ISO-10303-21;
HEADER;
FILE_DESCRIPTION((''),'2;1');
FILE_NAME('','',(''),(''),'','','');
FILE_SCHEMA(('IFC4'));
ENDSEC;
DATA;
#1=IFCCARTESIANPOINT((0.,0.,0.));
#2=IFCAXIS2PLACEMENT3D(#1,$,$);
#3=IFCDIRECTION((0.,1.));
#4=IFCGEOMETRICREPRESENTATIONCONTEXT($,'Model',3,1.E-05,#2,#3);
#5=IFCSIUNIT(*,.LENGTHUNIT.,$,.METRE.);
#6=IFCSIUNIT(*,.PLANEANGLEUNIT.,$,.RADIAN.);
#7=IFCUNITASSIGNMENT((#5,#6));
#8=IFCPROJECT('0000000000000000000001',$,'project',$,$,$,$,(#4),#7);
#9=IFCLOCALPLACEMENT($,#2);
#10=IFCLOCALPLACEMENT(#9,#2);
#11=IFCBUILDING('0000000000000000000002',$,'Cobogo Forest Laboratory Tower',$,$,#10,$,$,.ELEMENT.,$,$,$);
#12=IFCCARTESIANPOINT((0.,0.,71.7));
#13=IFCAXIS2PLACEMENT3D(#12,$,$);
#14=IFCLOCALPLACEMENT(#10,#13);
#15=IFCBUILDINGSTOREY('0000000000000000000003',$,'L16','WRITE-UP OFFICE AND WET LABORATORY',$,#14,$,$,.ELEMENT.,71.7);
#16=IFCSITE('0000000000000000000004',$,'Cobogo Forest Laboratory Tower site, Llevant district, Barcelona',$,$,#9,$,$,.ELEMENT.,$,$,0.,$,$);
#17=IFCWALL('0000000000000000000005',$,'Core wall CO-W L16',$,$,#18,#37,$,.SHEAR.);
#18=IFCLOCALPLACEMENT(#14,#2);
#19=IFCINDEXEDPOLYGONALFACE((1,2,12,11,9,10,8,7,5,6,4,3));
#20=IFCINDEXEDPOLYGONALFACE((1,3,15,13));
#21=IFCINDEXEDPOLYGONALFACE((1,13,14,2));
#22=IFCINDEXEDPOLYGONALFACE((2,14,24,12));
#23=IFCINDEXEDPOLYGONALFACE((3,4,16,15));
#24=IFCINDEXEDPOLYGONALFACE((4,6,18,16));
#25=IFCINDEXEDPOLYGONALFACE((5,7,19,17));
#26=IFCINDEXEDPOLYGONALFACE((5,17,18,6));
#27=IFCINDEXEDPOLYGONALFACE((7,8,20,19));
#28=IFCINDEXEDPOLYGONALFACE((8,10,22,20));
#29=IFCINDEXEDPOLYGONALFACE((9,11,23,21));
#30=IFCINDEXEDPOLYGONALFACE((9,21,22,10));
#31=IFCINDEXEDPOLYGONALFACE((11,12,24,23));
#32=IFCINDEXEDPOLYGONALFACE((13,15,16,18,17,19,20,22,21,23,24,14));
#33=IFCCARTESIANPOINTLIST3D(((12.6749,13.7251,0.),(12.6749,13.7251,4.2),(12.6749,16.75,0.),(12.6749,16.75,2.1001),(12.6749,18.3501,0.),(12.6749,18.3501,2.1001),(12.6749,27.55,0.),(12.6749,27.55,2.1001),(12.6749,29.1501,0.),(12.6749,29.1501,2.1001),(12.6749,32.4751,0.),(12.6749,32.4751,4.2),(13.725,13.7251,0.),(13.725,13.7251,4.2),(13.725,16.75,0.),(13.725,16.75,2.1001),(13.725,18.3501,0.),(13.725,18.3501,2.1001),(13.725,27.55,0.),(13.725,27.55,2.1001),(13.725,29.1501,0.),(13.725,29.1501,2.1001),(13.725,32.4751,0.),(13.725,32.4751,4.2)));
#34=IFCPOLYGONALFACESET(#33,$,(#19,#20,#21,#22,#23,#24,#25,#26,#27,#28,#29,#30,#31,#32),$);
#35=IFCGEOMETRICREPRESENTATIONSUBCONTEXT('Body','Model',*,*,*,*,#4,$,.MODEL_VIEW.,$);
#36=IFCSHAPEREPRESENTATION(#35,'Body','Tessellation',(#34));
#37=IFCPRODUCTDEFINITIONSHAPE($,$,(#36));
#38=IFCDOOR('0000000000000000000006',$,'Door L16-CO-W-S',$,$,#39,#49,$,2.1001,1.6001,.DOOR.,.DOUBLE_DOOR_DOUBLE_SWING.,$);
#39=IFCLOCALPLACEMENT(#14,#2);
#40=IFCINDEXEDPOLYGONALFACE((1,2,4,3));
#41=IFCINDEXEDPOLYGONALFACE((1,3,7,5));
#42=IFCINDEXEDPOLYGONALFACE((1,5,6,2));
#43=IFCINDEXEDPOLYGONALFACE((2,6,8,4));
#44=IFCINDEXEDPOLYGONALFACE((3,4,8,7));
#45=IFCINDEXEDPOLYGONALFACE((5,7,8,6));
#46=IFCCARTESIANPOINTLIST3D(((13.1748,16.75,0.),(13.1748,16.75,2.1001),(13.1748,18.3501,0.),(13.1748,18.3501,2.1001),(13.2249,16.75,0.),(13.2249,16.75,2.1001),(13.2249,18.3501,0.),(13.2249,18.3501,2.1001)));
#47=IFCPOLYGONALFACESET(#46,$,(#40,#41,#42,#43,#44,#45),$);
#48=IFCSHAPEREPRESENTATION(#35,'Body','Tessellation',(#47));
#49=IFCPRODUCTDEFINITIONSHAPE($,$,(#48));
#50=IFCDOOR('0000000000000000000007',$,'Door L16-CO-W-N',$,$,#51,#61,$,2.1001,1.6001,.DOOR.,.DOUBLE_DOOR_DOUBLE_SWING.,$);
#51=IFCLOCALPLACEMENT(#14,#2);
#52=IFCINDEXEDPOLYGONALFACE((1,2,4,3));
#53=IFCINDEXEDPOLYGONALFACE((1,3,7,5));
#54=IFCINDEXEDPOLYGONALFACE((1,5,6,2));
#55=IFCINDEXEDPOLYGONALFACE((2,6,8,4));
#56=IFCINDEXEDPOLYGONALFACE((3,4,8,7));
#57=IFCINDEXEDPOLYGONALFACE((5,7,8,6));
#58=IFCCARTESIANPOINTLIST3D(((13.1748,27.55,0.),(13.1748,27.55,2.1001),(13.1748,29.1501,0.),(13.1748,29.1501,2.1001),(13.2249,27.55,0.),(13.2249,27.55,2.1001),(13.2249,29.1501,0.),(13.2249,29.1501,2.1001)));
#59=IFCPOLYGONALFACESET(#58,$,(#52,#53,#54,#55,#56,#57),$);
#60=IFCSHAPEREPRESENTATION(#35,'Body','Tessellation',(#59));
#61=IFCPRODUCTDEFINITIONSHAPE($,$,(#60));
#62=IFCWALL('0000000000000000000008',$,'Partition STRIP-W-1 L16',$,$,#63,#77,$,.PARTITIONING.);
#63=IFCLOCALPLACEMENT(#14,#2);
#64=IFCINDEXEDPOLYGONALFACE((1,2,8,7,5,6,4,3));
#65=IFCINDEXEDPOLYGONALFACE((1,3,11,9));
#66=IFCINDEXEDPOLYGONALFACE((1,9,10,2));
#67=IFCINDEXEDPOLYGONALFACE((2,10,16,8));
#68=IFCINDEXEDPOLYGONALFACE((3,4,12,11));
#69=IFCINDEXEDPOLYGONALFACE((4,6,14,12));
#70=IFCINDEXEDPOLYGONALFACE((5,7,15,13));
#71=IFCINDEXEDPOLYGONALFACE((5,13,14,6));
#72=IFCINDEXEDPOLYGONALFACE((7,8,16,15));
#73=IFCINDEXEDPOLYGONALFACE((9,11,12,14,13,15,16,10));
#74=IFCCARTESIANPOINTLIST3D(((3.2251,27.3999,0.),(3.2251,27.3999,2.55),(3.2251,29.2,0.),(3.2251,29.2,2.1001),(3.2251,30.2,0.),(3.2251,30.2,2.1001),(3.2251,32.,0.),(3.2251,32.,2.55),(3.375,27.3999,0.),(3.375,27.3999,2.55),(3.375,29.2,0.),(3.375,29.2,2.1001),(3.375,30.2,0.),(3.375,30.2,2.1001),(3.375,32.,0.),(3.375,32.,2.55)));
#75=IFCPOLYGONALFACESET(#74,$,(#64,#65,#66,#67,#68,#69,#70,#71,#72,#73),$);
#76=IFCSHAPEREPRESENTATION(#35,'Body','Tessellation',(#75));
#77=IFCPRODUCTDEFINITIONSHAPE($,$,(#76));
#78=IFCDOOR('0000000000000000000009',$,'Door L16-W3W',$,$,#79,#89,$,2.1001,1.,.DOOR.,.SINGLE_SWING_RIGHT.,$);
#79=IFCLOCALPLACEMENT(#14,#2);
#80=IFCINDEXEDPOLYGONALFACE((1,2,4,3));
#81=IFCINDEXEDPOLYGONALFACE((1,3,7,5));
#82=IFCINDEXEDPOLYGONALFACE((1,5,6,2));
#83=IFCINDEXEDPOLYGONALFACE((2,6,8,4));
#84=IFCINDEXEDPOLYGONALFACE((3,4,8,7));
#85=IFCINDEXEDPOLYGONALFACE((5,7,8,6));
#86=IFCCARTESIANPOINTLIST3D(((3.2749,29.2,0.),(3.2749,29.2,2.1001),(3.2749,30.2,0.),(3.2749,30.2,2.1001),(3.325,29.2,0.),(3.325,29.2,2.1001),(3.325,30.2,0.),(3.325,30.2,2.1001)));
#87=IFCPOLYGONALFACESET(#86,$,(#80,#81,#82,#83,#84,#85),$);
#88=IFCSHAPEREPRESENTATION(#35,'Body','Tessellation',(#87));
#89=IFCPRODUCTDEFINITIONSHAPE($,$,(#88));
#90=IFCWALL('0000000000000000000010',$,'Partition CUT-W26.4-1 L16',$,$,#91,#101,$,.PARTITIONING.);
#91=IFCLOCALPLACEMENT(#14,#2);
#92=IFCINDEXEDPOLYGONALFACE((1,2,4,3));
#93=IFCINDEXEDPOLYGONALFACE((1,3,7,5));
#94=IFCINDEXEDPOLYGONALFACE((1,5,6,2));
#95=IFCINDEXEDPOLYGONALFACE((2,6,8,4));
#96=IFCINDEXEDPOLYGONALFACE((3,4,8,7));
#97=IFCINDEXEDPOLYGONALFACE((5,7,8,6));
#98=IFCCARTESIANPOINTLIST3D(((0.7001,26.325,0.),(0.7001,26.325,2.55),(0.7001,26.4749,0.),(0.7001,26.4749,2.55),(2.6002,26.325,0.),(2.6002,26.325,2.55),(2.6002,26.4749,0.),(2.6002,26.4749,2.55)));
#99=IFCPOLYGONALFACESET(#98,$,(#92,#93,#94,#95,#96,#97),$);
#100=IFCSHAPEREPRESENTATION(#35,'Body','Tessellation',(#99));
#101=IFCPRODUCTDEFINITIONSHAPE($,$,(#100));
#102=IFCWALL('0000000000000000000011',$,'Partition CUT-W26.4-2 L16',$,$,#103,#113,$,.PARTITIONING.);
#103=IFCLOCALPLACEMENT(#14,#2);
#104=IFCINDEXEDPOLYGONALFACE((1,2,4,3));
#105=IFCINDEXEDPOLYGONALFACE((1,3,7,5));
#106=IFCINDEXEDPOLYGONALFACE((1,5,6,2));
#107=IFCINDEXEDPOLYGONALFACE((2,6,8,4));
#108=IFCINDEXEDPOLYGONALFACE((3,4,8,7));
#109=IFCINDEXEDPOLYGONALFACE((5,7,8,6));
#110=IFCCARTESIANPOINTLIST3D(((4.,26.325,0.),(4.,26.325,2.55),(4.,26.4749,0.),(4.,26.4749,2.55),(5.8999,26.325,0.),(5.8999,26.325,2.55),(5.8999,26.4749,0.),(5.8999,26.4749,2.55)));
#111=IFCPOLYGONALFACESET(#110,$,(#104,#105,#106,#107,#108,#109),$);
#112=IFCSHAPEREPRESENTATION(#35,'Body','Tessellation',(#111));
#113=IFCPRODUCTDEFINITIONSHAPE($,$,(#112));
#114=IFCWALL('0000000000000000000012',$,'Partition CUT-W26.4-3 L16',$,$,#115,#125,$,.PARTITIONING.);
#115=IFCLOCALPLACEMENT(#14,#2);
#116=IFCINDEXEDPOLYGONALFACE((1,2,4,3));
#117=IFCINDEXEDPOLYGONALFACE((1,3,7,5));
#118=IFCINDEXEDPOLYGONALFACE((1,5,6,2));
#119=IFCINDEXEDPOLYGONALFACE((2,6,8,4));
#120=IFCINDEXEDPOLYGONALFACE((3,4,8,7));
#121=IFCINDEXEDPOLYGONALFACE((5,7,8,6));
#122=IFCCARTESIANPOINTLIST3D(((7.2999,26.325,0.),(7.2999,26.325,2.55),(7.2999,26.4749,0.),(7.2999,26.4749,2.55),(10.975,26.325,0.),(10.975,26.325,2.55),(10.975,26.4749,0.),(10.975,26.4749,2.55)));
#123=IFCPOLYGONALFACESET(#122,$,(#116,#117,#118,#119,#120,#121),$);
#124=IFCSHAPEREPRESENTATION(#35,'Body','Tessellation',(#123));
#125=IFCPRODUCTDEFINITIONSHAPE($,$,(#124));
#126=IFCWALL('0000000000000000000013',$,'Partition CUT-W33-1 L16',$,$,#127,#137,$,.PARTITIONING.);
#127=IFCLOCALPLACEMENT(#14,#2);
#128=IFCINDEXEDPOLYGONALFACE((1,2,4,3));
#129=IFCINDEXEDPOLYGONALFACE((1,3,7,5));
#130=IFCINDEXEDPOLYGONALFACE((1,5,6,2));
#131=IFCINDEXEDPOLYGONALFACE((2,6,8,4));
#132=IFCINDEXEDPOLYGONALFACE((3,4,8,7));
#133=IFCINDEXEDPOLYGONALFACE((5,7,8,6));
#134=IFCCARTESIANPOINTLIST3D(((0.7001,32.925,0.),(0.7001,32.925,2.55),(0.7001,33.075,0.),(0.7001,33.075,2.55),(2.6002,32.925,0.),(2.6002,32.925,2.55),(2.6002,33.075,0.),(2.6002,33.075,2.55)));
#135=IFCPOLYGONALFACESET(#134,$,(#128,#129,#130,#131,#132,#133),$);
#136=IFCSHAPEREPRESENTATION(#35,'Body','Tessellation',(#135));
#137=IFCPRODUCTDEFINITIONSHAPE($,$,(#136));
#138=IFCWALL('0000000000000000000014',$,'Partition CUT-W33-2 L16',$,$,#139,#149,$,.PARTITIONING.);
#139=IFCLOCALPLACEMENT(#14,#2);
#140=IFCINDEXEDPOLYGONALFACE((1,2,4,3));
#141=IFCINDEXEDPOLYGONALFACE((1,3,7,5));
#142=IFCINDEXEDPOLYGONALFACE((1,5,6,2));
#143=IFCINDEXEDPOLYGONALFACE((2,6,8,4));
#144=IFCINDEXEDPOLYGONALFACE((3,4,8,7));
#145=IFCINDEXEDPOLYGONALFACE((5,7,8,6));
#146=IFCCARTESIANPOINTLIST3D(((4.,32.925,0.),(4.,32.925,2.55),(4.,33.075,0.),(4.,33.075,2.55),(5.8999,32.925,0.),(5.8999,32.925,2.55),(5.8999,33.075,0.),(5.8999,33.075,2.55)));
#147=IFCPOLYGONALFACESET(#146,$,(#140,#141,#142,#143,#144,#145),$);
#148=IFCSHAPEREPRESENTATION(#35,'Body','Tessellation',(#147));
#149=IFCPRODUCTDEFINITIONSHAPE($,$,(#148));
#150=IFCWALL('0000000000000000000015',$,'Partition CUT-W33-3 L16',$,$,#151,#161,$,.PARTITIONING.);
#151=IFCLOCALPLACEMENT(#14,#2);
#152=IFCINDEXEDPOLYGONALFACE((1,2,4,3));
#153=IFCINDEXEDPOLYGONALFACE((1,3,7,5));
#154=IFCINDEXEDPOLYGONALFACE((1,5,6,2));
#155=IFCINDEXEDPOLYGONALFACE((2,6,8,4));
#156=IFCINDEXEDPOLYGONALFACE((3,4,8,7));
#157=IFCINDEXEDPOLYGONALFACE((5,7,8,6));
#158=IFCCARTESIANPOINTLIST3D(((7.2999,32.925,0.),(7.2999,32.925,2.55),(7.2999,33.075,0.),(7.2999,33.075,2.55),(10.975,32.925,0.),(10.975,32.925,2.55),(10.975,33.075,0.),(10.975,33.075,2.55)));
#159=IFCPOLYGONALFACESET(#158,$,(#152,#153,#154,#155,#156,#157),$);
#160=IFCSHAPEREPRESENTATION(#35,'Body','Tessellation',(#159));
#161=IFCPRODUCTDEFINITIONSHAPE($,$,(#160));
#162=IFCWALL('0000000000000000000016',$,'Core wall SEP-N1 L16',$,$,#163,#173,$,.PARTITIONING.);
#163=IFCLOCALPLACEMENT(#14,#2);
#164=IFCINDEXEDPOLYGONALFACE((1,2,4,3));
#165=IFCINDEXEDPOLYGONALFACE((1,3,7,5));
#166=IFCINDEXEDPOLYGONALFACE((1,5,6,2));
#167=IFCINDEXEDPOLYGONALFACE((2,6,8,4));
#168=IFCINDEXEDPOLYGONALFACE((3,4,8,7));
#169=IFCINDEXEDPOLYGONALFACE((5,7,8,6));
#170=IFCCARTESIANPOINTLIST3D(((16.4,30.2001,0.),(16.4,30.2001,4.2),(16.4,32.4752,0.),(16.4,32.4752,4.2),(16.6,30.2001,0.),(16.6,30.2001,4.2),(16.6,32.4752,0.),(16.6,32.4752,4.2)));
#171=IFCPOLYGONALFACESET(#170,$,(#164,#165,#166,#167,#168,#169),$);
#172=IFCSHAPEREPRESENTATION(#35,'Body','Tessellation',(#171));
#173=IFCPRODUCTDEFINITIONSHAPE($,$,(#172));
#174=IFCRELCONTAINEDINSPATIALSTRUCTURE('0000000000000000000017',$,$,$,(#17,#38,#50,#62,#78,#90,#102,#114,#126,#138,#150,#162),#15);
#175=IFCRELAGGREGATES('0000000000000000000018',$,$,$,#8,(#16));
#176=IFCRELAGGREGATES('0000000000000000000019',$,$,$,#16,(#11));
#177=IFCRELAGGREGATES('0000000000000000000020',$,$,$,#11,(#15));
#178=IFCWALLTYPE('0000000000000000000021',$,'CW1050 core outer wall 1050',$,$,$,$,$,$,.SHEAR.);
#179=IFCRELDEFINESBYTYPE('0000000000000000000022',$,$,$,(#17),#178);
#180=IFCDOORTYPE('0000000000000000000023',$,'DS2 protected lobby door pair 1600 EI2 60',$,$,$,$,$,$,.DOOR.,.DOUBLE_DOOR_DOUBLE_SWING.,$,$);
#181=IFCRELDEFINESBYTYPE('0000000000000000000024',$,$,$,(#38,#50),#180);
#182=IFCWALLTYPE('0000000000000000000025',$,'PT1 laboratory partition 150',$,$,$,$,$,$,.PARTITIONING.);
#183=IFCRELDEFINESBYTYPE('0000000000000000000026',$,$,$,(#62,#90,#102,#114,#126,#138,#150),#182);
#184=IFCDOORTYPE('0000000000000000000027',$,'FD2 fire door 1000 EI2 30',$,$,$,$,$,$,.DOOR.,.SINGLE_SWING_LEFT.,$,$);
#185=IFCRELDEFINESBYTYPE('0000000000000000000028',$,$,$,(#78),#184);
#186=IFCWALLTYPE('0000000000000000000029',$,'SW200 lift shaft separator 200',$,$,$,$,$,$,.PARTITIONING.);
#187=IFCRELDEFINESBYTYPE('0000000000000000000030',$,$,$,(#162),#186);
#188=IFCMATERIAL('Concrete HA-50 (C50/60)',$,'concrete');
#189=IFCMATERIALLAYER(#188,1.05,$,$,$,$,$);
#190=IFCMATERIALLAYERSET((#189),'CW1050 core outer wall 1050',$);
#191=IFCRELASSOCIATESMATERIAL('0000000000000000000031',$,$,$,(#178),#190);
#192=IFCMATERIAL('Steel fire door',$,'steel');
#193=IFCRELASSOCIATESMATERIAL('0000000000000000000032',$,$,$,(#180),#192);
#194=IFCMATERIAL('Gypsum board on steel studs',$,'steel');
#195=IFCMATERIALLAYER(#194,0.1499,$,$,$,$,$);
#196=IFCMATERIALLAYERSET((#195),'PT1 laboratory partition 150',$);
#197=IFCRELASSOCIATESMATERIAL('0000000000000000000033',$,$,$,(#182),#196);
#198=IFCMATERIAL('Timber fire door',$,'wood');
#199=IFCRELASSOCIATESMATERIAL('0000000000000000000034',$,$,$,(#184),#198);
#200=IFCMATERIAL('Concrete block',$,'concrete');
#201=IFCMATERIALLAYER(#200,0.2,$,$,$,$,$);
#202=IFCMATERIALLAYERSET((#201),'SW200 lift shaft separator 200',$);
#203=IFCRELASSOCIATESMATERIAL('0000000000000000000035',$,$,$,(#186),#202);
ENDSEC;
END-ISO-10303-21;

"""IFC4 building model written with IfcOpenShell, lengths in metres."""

from ifc_helpers import new_model, si_unit, direction, frame, frame_2d, origin, place, context, subcontext, project, spatial, rectangle, extrude, material, layer, layer_set, type_object, element, fill, save


model = new_model("IFC4")

# Units and contexts
model_context = context("Model", 3, precision=1e-05, world=origin(), true_north=direction((0.0, 1.0)))
body_context = subcontext(model_context, "Body", "Model", "MODEL_VIEW")
ifc_project = project(units=[si_unit("LENGTHUNIT", "METRE"), si_unit("PLANEANGLEUNIT", "RADIAN")], contexts=[model_context])

# Site, building, storey
site_placement = place(None, origin())
site = spatial("IfcSite", under=ifc_project, at=site_placement, Name="Cobogo Forest Laboratory Tower site, Llevant district, Barcelona", CompositionType="ELEMENT", RefElevation=0.0)
building_placement = place(site_placement, origin())
building = spatial("IfcBuilding", under=site, at=building_placement, Name="Cobogo Forest Laboratory Tower", CompositionType="ELEMENT")
storey_placement = place(building_placement, frame((0.0, 0.0, 71.7)))
storey = spatial("IfcBuildingStorey", under=building, at=storey_placement, Name="L16", Description="WRITE-UP OFFICE AND WET LABORATORY", CompositionType="ELEMENT", Elevation=71.7)

# Shared definitions
ifc_material_1 = material(Name="Concrete HA-50 (C50/60)", Category="concrete")

# Shared definitions
ifc_material_2 = material(Name="Steel fire door", Category="steel")

# Wall, openings, doors
ifc_layer_1 = layer(ifc_material_1, 1.05)
ifc_layer_set_1 = layer_set([ifc_layer_1], Name="CW1050 core outer wall 1050")
wall_type_1 = type_object("IfcWallType", Name="CW1050 core outer wall 1050", PredefinedType="SHEAR", material=ifc_layer_set_1)
wall_1_placement = place(storey_placement, frame((13.2, 32.4751, 0.0), z_axis=(0.0, 0.0, 1.0), x_axis=(0.0, -1.0, 0.0)))
wall_1 = element("IfcWall", 1, at=wall_1_placement, inside=storey, type_object=wall_type_1, Name="Core wall CO-W L16", PredefinedType="SHEAR", context=body_context, shape_type="SweptSolid", body=[
    extrude(rectangle(XDim=18.75, YDim=1.05, at=frame_2d((9.375, 0.0))), origin(), (0.0, 0.0, 1.0), 4.2),
])
opening_1_placement = place(wall_1_placement, frame((14.125, 0.0, 0.0)))
opening_1 = element("IfcOpeningElement", 2, at=opening_1_placement, cuts=wall_1, PredefinedType="OPENING", context=body_context, shape_type="SweptSolid", body=[
    extrude(rectangle(XDim=1.6001, YDim=2.1001, at=frame_2d((0.8, 1.05))), frame((0.0, 0.5349, 0.0), z_axis=(0.0, -1.0, 0.0), x_axis=(1.0, 0.0, 0.0)), (0.0, 0.0, 1.0), 1.0701),
])
opening_2_placement = place(wall_1_placement, frame((3.325, 0.0, 0.0)))
opening_2 = element("IfcOpeningElement", 3, at=opening_2_placement, cuts=wall_1, PredefinedType="OPENING", context=body_context, shape_type="SweptSolid", body=[
    extrude(rectangle(XDim=1.6001, YDim=2.1001, at=frame_2d((0.8, 1.05))), frame((0.0, 0.5349, 0.0), z_axis=(0.0, -1.0, 0.0), x_axis=(1.0, 0.0, 0.0)), (0.0, 0.0, 1.0), 1.0701),
])
door_type_1 = type_object("IfcDoorType", Name="DS2 protected lobby door pair 1600 EI2 60", OperationType="DOUBLE_DOOR_DOUBLE_SWING", PredefinedType="DOOR", material=ifc_material_2)
door_1_placement = place(opening_1_placement, origin())
door_1 = element("IfcDoor", 4, at=door_1_placement, inside=storey, type_object=door_type_1, Name="Door L16-CO-W-S", OperationType="DOUBLE_DOOR_DOUBLE_SWING", OverallHeight=2.1001, OverallWidth=1.6001, PredefinedType="DOOR", context=body_context, shape_type="SweptSolid", body=[
    extrude(rectangle(XDim=1.6001, YDim=2.1001, at=frame_2d((0.8, 1.05))), frame((0.0, 0.0249, 0.0), z_axis=(0.0, -1.0, 0.0), x_axis=(1.0, 0.0, 0.0)), (0.0, 0.0, 1.0), 0.05),
])
fill(opening_1, door_1)
door_2_placement = place(opening_2_placement, origin())
door_2 = element("IfcDoor", 5, at=door_2_placement, inside=storey, type_object=door_type_1, Name="Door L16-CO-W-N", OperationType="DOUBLE_DOOR_DOUBLE_SWING", OverallHeight=2.1001, OverallWidth=1.6001, PredefinedType="DOOR", context=body_context, shape_type="SweptSolid", body=[
    extrude(rectangle(XDim=1.6001, YDim=2.1001, at=frame_2d((0.8, 1.05))), frame((0.0, 0.0249, 0.0), z_axis=(0.0, -1.0, 0.0), x_axis=(1.0, 0.0, 0.0)), (0.0, 0.0, 1.0), 0.05),
])
fill(opening_2, door_2)

# Wall, opening, door
ifc_material_3 = material(Name="Gypsum board on steel studs", Category="steel")
ifc_layer_2 = layer(ifc_material_3, 0.1499)
ifc_layer_set_2 = layer_set([ifc_layer_2], Name="PT1 laboratory partition 150")
wall_type_2 = type_object("IfcWallType", Name="PT1 laboratory partition 150", PredefinedType="PARTITIONING", material=ifc_layer_set_2)
wall_2_placement = place(storey_placement, frame((3.3, 32.0, 0.0), z_axis=(0.0, 0.0, 1.0), x_axis=(0.0, -1.0, 0.0)))
wall_2 = element("IfcWall", 6, at=wall_2_placement, inside=storey, type_object=wall_type_2, Name="Partition STRIP-W-1 L16", PredefinedType="PARTITIONING", context=body_context, shape_type="SweptSolid", body=[
    extrude(rectangle(XDim=4.6001, YDim=0.1499, at=frame_2d((2.3, 0.0))), origin(), (0.0, 0.0, 1.0), 2.55),
])
opening_3_placement = place(wall_2_placement, frame((1.8, 0.0, 0.0)))
opening_3 = element("IfcOpeningElement", 7, at=opening_3_placement, cuts=wall_2, PredefinedType="OPENING", context=body_context, shape_type="SweptSolid", body=[
    extrude(rectangle(XDim=1.0, YDim=2.1001, at=frame_2d((0.5, 1.05))), frame((0.0, 0.085, 0.0), z_axis=(0.0, -1.0, 0.0), x_axis=(1.0, 0.0, 0.0)), (0.0, 0.0, 1.0), 0.1699),
])
ifc_material_4 = material(Name="Timber fire door", Category="wood")
door_type_2 = type_object("IfcDoorType", Name="FD2 fire door 1000 EI2 30", OperationType="SINGLE_SWING_LEFT", PredefinedType="DOOR", material=ifc_material_4)
door_3_placement = place(opening_3_placement, origin())
door_3 = element("IfcDoor", 8, at=door_3_placement, inside=storey, type_object=door_type_2, Name="Door L16-W3W", OperationType="SINGLE_SWING_RIGHT", OverallHeight=2.1001, OverallWidth=1.0, PredefinedType="DOOR", context=body_context, shape_type="SweptSolid", body=[
    extrude(rectangle(XDim=1.0, YDim=2.1001, at=frame_2d((0.5, 1.05))), frame((0.0, 0.0249, 0.0), z_axis=(0.0, -1.0, 0.0), x_axis=(1.0, 0.0, 0.0)), (0.0, 0.0, 1.0), 0.05),
])
fill(opening_3, door_3)

# Walls
wall_3_placement = place(storey_placement, frame((0.7, 26.3999, 0.0), z_axis=(0.0, 0.0, 1.0), x_axis=(1.0, 0.0, 0.0)))
element("IfcWall", 9, at=wall_3_placement, inside=storey, type_object=wall_type_2, Name="Partition CUT-W26.4-1 L16", PredefinedType="PARTITIONING", context=body_context, shape_type="SweptSolid", body=[
    extrude(rectangle(XDim=1.9001, YDim=0.1499, at=frame_2d((0.9502, 0.0))), origin(), (0.0, 0.0, 1.0), 2.55),
])
wall_4_placement = place(storey_placement, frame((4.0, 26.3999, 0.0), z_axis=(0.0, 0.0, 1.0), x_axis=(1.0, 0.0, 0.0)))
element("IfcWall", 10, at=wall_4_placement, inside=storey, type_object=wall_type_2, Name="Partition CUT-W26.4-2 L16", PredefinedType="PARTITIONING", context=body_context, shape_type="SweptSolid", body=[
    extrude(rectangle(XDim=1.8999, YDim=0.1499, at=frame_2d((0.95, 0.0))), origin(), (0.0, 0.0, 1.0), 2.55),
])
wall_5_placement = place(storey_placement, frame((7.3, 26.3999, 0.0), z_axis=(0.0, 0.0, 1.0), x_axis=(1.0, 0.0, 0.0)))
element("IfcWall", 11, at=wall_5_placement, inside=storey, type_object=wall_type_2, Name="Partition CUT-W26.4-3 L16", PredefinedType="PARTITIONING", context=body_context, shape_type="SweptSolid", body=[
    extrude(rectangle(XDim=3.675, YDim=0.1499, at=frame_2d((1.8374, 0.0))), origin(), (0.0, 0.0, 1.0), 2.55),
])
wall_6_placement = place(storey_placement, frame((0.7, 33.0, 0.0), z_axis=(0.0, 0.0, 1.0), x_axis=(1.0, 0.0, 0.0)))
element("IfcWall", 12, at=wall_6_placement, inside=storey, type_object=wall_type_2, Name="Partition CUT-W33-1 L16", PredefinedType="PARTITIONING", context=body_context, shape_type="SweptSolid", body=[
    extrude(rectangle(XDim=1.9001, YDim=0.1499, at=frame_2d((0.9502, 0.0))), origin(), (0.0, 0.0, 1.0), 2.55),
])
wall_7_placement = place(storey_placement, frame((4.0, 33.0, 0.0), z_axis=(0.0, 0.0, 1.0), x_axis=(1.0, 0.0, 0.0)))
element("IfcWall", 13, at=wall_7_placement, inside=storey, type_object=wall_type_2, Name="Partition CUT-W33-2 L16", PredefinedType="PARTITIONING", context=body_context, shape_type="SweptSolid", body=[
    extrude(rectangle(XDim=1.8999, YDim=0.1499, at=frame_2d((0.95, 0.0))), origin(), (0.0, 0.0, 1.0), 2.55),
])
wall_8_placement = place(storey_placement, frame((7.3, 33.0, 0.0), z_axis=(0.0, 0.0, 1.0), x_axis=(1.0, 0.0, 0.0)))
element("IfcWall", 14, at=wall_8_placement, inside=storey, type_object=wall_type_2, Name="Partition CUT-W33-3 L16", PredefinedType="PARTITIONING", context=body_context, shape_type="SweptSolid", body=[
    extrude(rectangle(XDim=3.675, YDim=0.1499, at=frame_2d((1.8374, 0.0))), origin(), (0.0, 0.0, 1.0), 2.55),
])
ifc_material_5 = material(Name="Concrete block", Category="concrete")
ifc_layer_3 = layer(ifc_material_5, 0.2)
ifc_layer_set_3 = layer_set([ifc_layer_3], Name="SW200 lift shaft separator 200")
wall_type_3 = type_object("IfcWallType", Name="SW200 lift shaft separator 200", PredefinedType="PARTITIONING", material=ifc_layer_set_3)
wall_9_placement = place(storey_placement, frame((16.5, 30.2, 0.0), z_axis=(0.0, 0.0, 1.0), x_axis=(0.0, 1.0, 0.0)))
element("IfcWall", 15, at=wall_9_placement, inside=storey, type_object=wall_type_3, Name="Core wall SEP-N1 L16", PredefinedType="PARTITIONING", context=body_context, shape_type="SweptSolid", body=[
    extrude(rectangle(XDim=2.2751, YDim=0.2, at=frame_2d((1.1377, 0.0))), origin(), (0.0, 0.0, 1.0), 4.2),
])

save(model, "model.ifc")
